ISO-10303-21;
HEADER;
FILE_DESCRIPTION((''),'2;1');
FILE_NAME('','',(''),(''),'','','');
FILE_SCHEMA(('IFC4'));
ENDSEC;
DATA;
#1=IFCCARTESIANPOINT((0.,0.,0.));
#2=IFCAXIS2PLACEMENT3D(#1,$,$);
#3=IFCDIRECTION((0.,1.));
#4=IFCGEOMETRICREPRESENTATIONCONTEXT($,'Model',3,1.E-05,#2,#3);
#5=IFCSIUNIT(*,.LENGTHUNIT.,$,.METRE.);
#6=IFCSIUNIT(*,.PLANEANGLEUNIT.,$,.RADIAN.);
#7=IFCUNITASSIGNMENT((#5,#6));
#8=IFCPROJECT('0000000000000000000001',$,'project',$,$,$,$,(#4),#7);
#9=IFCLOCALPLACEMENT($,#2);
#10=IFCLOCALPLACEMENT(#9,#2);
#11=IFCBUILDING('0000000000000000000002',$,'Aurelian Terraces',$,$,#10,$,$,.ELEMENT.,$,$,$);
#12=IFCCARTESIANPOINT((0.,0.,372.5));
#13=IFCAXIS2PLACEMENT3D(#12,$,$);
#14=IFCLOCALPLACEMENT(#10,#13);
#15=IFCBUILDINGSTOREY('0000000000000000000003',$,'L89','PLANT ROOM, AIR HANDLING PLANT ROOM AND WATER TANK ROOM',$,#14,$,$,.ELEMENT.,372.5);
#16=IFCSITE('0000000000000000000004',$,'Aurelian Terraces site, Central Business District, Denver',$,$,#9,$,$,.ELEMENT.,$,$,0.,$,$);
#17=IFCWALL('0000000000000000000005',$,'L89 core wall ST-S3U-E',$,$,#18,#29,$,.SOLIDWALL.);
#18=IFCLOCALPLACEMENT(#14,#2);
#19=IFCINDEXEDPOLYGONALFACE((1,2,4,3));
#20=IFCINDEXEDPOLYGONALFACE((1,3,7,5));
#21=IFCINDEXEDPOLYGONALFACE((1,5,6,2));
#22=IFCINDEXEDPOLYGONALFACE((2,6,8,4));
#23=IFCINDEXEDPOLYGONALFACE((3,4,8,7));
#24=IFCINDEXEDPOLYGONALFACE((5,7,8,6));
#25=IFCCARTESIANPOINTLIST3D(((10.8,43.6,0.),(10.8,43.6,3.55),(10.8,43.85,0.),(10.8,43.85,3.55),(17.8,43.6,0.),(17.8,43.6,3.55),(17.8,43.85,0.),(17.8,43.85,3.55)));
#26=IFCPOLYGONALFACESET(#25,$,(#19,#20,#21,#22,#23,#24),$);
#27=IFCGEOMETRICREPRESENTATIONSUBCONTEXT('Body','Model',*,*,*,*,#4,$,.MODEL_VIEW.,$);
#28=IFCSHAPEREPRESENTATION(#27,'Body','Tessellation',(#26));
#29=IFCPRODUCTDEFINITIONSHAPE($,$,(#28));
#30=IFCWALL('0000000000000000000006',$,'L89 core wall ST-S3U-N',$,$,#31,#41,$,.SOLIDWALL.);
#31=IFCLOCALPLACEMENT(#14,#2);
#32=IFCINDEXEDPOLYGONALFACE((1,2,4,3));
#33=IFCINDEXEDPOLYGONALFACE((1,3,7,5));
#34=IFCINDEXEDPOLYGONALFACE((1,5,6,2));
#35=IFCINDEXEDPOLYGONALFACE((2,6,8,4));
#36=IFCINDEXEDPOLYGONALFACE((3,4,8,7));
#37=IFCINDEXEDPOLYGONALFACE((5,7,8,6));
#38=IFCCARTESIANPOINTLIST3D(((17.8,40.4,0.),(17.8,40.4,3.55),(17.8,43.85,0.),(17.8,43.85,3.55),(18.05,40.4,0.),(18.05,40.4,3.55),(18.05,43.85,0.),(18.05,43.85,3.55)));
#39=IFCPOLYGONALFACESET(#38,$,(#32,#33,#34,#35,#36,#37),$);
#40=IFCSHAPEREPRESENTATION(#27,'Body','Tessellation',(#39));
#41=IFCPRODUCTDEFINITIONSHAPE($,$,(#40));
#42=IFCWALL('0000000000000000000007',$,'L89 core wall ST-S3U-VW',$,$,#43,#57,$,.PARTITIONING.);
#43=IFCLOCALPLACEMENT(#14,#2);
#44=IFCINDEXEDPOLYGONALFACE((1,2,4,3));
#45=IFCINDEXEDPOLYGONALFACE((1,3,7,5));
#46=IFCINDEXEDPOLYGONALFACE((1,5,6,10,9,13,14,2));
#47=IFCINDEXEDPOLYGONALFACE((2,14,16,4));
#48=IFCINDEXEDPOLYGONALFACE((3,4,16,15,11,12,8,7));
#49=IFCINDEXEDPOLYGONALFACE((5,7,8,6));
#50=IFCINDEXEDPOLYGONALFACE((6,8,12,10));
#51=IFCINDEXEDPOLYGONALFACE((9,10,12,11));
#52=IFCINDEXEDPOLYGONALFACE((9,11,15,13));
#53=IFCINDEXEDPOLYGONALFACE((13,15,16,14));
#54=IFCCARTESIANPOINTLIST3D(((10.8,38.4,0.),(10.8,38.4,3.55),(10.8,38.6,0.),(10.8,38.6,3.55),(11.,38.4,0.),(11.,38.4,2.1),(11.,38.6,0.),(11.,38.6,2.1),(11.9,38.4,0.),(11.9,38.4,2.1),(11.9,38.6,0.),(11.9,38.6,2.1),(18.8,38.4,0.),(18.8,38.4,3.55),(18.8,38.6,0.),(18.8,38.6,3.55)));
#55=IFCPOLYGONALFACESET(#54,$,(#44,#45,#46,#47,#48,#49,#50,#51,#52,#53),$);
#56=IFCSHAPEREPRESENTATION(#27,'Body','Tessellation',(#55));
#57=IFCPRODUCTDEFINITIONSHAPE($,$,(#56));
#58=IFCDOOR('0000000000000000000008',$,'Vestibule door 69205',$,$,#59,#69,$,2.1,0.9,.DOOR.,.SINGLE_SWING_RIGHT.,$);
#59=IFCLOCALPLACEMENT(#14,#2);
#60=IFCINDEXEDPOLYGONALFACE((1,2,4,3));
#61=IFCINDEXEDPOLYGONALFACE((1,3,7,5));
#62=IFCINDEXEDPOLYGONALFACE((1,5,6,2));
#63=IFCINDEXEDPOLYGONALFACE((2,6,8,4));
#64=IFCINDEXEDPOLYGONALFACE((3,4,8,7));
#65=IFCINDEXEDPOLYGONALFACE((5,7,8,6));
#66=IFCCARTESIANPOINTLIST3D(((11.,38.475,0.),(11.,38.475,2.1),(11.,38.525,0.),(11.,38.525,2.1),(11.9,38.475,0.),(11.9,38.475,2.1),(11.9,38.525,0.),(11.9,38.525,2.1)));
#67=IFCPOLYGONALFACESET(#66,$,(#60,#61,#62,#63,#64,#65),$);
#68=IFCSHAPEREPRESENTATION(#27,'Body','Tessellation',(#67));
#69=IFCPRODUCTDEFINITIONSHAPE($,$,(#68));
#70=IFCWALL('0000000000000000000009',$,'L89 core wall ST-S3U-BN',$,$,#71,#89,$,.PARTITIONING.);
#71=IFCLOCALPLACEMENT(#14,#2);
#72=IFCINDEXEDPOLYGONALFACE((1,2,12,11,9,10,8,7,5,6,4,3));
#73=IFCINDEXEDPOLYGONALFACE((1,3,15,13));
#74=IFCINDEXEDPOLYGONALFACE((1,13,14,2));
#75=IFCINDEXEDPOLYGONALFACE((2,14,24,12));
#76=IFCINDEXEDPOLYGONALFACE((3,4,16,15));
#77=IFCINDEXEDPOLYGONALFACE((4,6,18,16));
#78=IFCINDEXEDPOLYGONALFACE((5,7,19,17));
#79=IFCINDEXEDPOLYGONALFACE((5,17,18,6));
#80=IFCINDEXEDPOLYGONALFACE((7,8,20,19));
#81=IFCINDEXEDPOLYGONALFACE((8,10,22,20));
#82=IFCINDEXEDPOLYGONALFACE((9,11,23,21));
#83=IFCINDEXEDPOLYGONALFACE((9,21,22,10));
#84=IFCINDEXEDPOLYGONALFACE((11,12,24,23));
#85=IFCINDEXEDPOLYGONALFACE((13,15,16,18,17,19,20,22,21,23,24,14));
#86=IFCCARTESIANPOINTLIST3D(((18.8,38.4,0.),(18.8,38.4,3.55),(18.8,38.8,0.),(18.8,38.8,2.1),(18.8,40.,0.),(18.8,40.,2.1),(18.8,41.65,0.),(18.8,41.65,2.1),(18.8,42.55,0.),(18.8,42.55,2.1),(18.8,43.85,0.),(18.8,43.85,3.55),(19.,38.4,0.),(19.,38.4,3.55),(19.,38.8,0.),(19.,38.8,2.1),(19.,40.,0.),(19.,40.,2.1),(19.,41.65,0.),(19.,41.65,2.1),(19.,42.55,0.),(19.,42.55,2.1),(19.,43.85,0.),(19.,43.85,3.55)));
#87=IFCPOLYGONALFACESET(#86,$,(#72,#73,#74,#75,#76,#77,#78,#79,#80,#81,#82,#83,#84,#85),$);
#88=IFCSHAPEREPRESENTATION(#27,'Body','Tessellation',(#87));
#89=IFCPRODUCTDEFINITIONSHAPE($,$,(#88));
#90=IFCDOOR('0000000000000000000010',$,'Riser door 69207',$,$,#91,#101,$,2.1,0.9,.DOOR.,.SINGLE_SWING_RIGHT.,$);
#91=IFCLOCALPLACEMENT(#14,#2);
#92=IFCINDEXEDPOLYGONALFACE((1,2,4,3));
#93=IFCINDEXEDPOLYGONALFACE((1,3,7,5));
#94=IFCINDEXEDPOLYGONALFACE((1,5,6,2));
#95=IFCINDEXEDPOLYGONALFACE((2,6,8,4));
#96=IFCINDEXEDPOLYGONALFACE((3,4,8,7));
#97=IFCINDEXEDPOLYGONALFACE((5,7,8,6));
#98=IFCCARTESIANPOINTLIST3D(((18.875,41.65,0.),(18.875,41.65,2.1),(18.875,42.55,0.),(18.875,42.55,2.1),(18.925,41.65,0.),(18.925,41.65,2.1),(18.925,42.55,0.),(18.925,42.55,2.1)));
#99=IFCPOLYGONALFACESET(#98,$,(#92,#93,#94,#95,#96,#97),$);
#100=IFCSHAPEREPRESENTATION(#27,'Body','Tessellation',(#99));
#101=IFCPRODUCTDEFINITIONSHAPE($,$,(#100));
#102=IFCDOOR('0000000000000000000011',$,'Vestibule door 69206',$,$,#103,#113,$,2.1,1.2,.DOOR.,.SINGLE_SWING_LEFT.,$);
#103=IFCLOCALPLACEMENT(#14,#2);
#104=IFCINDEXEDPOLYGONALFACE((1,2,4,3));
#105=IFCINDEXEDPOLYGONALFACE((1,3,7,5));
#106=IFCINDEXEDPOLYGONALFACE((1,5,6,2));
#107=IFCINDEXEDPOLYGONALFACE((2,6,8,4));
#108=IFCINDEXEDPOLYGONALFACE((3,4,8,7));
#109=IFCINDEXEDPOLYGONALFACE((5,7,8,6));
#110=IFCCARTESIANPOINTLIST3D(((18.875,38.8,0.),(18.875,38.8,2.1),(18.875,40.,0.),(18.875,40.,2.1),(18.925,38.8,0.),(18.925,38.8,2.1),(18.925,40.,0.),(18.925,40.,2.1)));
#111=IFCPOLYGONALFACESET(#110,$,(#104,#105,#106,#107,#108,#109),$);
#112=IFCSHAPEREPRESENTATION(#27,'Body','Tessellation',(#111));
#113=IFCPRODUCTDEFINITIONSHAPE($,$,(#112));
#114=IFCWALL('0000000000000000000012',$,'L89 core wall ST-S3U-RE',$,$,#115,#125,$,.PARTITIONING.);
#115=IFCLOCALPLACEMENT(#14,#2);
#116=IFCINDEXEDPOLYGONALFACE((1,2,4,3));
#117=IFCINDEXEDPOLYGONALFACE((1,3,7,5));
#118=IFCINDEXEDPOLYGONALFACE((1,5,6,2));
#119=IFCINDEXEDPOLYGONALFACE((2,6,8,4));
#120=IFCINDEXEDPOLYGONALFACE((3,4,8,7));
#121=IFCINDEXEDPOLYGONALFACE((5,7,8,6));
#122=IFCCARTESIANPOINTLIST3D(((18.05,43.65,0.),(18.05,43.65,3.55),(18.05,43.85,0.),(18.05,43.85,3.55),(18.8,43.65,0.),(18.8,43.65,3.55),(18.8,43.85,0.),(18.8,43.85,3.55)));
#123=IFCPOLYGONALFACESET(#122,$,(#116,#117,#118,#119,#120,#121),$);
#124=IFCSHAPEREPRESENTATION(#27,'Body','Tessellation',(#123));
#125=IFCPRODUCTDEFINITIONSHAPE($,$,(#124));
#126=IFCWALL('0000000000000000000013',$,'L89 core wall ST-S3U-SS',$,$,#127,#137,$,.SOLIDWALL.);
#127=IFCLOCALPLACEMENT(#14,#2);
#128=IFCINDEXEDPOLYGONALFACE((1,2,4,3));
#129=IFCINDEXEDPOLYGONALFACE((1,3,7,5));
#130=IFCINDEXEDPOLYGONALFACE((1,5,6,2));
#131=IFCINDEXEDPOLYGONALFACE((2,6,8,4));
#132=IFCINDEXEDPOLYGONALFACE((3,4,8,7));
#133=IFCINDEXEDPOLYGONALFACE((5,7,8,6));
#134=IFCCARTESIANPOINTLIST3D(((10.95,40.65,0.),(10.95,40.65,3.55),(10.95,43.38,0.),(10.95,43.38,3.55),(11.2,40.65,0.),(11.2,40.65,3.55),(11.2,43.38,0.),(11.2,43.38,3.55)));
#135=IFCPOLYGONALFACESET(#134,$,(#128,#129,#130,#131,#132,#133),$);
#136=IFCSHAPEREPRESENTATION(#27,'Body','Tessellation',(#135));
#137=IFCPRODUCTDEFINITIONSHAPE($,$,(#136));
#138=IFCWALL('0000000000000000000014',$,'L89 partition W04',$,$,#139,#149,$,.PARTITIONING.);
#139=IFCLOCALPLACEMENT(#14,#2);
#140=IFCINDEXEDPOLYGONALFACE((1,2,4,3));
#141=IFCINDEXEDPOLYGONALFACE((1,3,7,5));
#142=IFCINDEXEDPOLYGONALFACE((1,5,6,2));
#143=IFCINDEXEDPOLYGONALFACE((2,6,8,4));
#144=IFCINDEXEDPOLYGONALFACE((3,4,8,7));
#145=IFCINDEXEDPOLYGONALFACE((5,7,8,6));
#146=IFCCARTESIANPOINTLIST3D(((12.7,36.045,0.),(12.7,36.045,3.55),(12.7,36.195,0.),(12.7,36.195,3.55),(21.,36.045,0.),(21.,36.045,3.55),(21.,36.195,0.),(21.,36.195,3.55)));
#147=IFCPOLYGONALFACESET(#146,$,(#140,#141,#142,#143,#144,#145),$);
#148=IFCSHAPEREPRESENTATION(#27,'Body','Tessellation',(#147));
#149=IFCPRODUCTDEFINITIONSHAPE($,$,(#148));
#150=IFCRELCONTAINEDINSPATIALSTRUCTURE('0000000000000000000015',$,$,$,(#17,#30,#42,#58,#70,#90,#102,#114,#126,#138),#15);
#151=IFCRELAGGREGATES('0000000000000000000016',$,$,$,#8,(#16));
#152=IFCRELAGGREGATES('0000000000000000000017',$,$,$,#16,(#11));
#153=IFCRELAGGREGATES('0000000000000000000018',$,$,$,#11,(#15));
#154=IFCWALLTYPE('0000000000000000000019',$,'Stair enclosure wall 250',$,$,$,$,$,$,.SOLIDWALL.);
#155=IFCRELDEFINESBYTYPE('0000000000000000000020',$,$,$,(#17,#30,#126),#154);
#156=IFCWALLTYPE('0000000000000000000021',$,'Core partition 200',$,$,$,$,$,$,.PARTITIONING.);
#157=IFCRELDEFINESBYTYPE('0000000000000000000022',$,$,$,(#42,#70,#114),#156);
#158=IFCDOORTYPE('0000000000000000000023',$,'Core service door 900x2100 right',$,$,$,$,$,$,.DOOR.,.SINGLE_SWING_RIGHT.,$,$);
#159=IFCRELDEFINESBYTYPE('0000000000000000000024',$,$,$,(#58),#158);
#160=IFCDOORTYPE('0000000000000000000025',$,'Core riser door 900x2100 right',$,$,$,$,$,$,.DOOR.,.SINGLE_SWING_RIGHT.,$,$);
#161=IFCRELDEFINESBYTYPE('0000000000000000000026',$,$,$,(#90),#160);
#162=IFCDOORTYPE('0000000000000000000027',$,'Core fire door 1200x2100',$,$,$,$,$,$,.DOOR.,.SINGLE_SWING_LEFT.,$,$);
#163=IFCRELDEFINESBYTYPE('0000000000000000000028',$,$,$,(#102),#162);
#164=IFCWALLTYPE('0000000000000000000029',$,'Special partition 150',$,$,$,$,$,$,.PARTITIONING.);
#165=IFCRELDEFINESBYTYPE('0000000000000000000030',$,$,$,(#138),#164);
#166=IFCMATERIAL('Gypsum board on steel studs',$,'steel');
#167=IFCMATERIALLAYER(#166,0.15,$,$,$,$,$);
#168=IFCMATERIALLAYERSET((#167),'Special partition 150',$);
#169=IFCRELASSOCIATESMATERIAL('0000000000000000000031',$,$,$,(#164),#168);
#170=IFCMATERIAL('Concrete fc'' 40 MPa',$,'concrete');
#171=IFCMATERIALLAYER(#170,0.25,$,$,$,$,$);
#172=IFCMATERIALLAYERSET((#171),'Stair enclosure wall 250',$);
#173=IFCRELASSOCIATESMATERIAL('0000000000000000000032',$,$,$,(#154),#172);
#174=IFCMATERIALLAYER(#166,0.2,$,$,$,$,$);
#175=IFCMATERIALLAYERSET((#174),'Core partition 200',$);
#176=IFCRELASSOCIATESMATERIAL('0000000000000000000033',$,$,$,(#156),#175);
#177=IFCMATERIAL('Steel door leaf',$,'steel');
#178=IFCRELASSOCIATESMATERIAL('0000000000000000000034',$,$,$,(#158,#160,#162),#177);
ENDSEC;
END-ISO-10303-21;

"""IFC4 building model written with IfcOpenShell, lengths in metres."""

from ifc_helpers import new_model, si_unit, direction, frame, frame_2d, origin, place, context, subcontext, project, spatial, rectangle, extrude, source, transform, mapped, material, layer, layer_set, type_object, element, fill, save


model = new_model("IFC4")

# Units and contexts
model_context = context("Model", 3, precision=1e-05, world=origin(), true_north=direction((0.0, 1.0)))
body_context = subcontext(model_context, "Body", "Model", "MODEL_VIEW")
ifc_project = project(units=[si_unit("LENGTHUNIT", "METRE"), si_unit("PLANEANGLEUNIT", "RADIAN")], contexts=[model_context])

# Site, building, storey
site_placement = place(None, origin())
site = spatial("IfcSite", under=ifc_project, at=site_placement, Name="Aurelian Terraces site, Central Business District, Denver", CompositionType="ELEMENT", RefElevation=0.0)
building_placement = place(site_placement, origin())
building = spatial("IfcBuilding", under=site, at=building_placement, Name="Aurelian Terraces", CompositionType="ELEMENT")
storey_placement = place(building_placement, frame((0.0, 0.0, 372.5)))
storey = spatial("IfcBuildingStorey", under=building, at=storey_placement, Name="L89", Description="PLANT ROOM, AIR HANDLING PLANT ROOM AND WATER TANK ROOM", CompositionType="ELEMENT", Elevation=372.5)

# Shared definitions
ifc_material_1 = material(Name="Concrete fc' 40 MPa", Category="concrete")
ifc_material_2 = material(Name="Gypsum board on steel studs", Category="steel")
ifc_layer_1 = layer(ifc_material_2, 0.15)
ifc_layer_set_1 = layer_set([ifc_layer_1], Name="Special partition 150")
wall_type_1 = type_object("IfcWallType", Name="Special partition 150", PredefinedType="PARTITIONING", material=ifc_layer_set_1)

# Shared definitions
ifc_layer_2 = layer(ifc_material_1, 0.25)
ifc_layer_set_2 = layer_set([ifc_layer_2], Name="Stair enclosure wall 250")
wall_type_2 = type_object("IfcWallType", Name="Stair enclosure wall 250", PredefinedType="SOLIDWALL", material=ifc_layer_set_2)
shared_shape_1 = source(origin(), body_context, "Body", "SweptSolid", [
    extrude(rectangle(XDim=7.0, YDim=0.25, at=frame_2d((3.5, 0.0))), origin(), (0.0, 0.0, 1.0), 3.55),
])
ifc_material_3 = material(Name="Steel door leaf", Category="steel")

# Walls
wall_1_placement = place(storey_placement, frame((10.8, 43.725, 0.0), z_axis=(0.0, 0.0, 1.0), x_axis=(1.0, 0.0, 0.0)))
element("IfcWall", 1, at=wall_1_placement, inside=storey, type_object=wall_type_2, Name="L89 core wall ST-S3U-E", PredefinedType="SOLIDWALL", context=body_context, shape_type="MappedRepresentation", body=[
    mapped(shared_shape_1, transform((0.0, 0.0, 0.0), scale=1.0)),
])
shared_shape_2 = source(origin(), body_context, "Body", "SweptSolid", [
    extrude(rectangle(XDim=3.45, YDim=0.25, at=frame_2d((1.725, 0.0))), origin(), (0.0, 0.0, 1.0), 3.55),
])
wall_2_placement = place(storey_placement, frame((17.925, 40.4, 0.0), z_axis=(0.0, 0.0, 1.0), x_axis=(0.0, 1.0, 0.0)))
element("IfcWall", 2, at=wall_2_placement, inside=storey, type_object=wall_type_2, Name="L89 core wall ST-S3U-N", PredefinedType="SOLIDWALL", context=body_context, shape_type="MappedRepresentation", body=[
    mapped(shared_shape_2, transform((0.0, 0.0, 0.0), scale=1.0)),
])

# Wall, opening, door
ifc_layer_3 = layer(ifc_material_2, 0.2)
ifc_layer_set_3 = layer_set([ifc_layer_3], Name="Core partition 200")
wall_type_3 = type_object("IfcWallType", Name="Core partition 200", PredefinedType="PARTITIONING", material=ifc_layer_set_3)
shared_shape_3 = source(origin(), body_context, "Body", "SweptSolid", [
    extrude(rectangle(XDim=8.0, YDim=0.2, at=frame_2d((4.0, 0.0))), origin(), (0.0, 0.0, 1.0), 3.55),
])
wall_3_placement = place(storey_placement, frame((10.8, 38.5, 0.0), z_axis=(0.0, 0.0, 1.0), x_axis=(1.0, 0.0, 0.0)))
wall_3 = element("IfcWall", 3, at=wall_3_placement, inside=storey, type_object=wall_type_3, Name="L89 core wall ST-S3U-VW", PredefinedType="PARTITIONING", context=body_context, shape_type="MappedRepresentation", body=[
    mapped(shared_shape_3, transform((0.0, 0.0, 0.0), scale=1.0)),
])
shared_shape_4 = source(origin(), body_context, "Body", "SweptSolid", [
    extrude(rectangle(XDim=0.9, YDim=2.1, at=frame_2d((0.45, 1.05))), frame((0.0, 0.11, 0.0), z_axis=(0.0, -1.0, 0.0), x_axis=(1.0, 0.0, 0.0)), (0.0, 0.0, 1.0), 0.22),
])
opening_1_placement = place(wall_3_placement, frame((0.2, 0.0, 0.0)))
opening_1 = element("IfcOpeningElement", 4, at=opening_1_placement, cuts=wall_3, PredefinedType="OPENING", context=body_context, shape_type="MappedRepresentation", body=[
    mapped(shared_shape_4, transform((0.0, 0.0, 0.0), scale=1.0)),
])
door_type_1 = type_object("IfcDoorType", Name="Core service door 900x2100 right", OperationType="SINGLE_SWING_RIGHT", PredefinedType="DOOR", material=ifc_material_3)
shared_shape_5 = source(origin(), body_context, "Body", "SweptSolid", [
    extrude(rectangle(XDim=0.9, YDim=2.1, at=frame_2d((0.45, 1.05))), frame((0.0, 0.025, 0.0), z_axis=(0.0, -1.0, 0.0), x_axis=(1.0, 0.0, 0.0)), (0.0, 0.0, 1.0), 0.05),
])
door_1_placement = place(opening_1_placement, origin())
door_1 = element("IfcDoor", 5, at=door_1_placement, inside=storey, type_object=door_type_1, Name="Vestibule door 69205", OperationType="SINGLE_SWING_RIGHT", OverallHeight=2.1, OverallWidth=0.9, PredefinedType="DOOR", context=body_context, shape_type="MappedRepresentation", body=[
    mapped(shared_shape_5, transform((0.0, 0.0, 0.0), scale=1.0)),
])
fill(opening_1, door_1)

# Wall, openings, doors
shared_shape_6 = source(origin(), body_context, "Body", "SweptSolid", [
    extrude(rectangle(XDim=5.45, YDim=0.2, at=frame_2d((2.725, 0.0))), origin(), (0.0, 0.0, 1.0), 3.55),
])
wall_4_placement = place(storey_placement, frame((18.9, 38.4, 0.0), z_axis=(0.0, 0.0, 1.0), x_axis=(0.0, 1.0, 0.0)))
wall_4 = element("IfcWall", 6, at=wall_4_placement, inside=storey, type_object=wall_type_3, Name="L89 core wall ST-S3U-BN", PredefinedType="PARTITIONING", context=body_context, shape_type="MappedRepresentation", body=[
    mapped(shared_shape_6, transform((0.0, 0.0, 0.0), scale=1.0)),
])
shared_shape_7 = source(origin(), body_context, "Body", "SweptSolid", [
    extrude(rectangle(XDim=1.2, YDim=2.1, at=frame_2d((0.6, 1.05))), frame((0.0, 0.11, 0.0), z_axis=(0.0, -1.0, 0.0), x_axis=(1.0, 0.0, 0.0)), (0.0, 0.0, 1.0), 0.22),
])
opening_2_placement = place(wall_4_placement, frame((0.4, 0.0, 0.0)))
opening_2 = element("IfcOpeningElement", 7, at=opening_2_placement, cuts=wall_4, PredefinedType="OPENING", context=body_context, shape_type="MappedRepresentation", body=[
    mapped(shared_shape_7, transform((0.0, 0.0, 0.0), scale=1.0)),
])
opening_3_placement = place(wall_4_placement, frame((3.25, 0.0, 0.0)))
opening_3 = element("IfcOpeningElement", 8, at=opening_3_placement, cuts=wall_4, PredefinedType="OPENING", context=body_context, shape_type="MappedRepresentation", body=[
    mapped(shared_shape_4, transform((0.0, 0.0, 0.0), scale=1.0)),
])
door_type_2 = type_object("IfcDoorType", Name="Core riser door 900x2100 right", OperationType="SINGLE_SWING_RIGHT", PredefinedType="DOOR", material=ifc_material_3)
door_2_placement = place(opening_3_placement, origin())
door_2 = element("IfcDoor", 9, at=door_2_placement, inside=storey, type_object=door_type_2, Name="Riser door 69207", OperationType="SINGLE_SWING_RIGHT", OverallHeight=2.1, OverallWidth=0.9, PredefinedType="DOOR", context=body_context, shape_type="MappedRepresentation", body=[
    mapped(shared_shape_5, transform((0.0, 0.0, 0.0), scale=1.0)),
])
fill(opening_3, door_2)
door_type_3 = type_object("IfcDoorType", Name="Core fire door 1200x2100", OperationType="SINGLE_SWING_LEFT", PredefinedType="DOOR", material=ifc_material_3)
shared_shape_8 = source(origin(), body_context, "Body", "SweptSolid", [
    extrude(rectangle(XDim=1.2, YDim=2.1, at=frame_2d((0.6, 1.05))), frame((0.0, 0.025, 0.0), z_axis=(0.0, -1.0, 0.0), x_axis=(1.0, 0.0, 0.0)), (0.0, 0.0, 1.0), 0.05),
])
door_3_placement = place(opening_2_placement, origin())
door_3 = element("IfcDoor", 10, at=door_3_placement, inside=storey, type_object=door_type_3, Name="Vestibule door 69206", OperationType="SINGLE_SWING_LEFT", OverallHeight=2.1, OverallWidth=1.2, PredefinedType="DOOR", context=body_context, shape_type="MappedRepresentation", body=[
    mapped(shared_shape_8, transform((0.0, 0.0, 0.0), scale=1.0)),
])
fill(opening_2, door_3)

# Walls
shared_shape_9 = source(origin(), body_context, "Body", "SweptSolid", [
    extrude(rectangle(XDim=0.75, YDim=0.2, at=frame_2d((0.375, 0.0))), origin(), (0.0, 0.0, 1.0), 3.55),
])
wall_5_placement = place(storey_placement, frame((18.05, 43.75, 0.0), z_axis=(0.0, 0.0, 1.0), x_axis=(1.0, 0.0, 0.0)))
element("IfcWall", 11, at=wall_5_placement, inside=storey, type_object=wall_type_3, Name="L89 core wall ST-S3U-RE", PredefinedType="PARTITIONING", context=body_context, shape_type="MappedRepresentation", body=[
    mapped(shared_shape_9, transform((0.0, 0.0, 0.0), scale=1.0)),
])
shared_shape_10 = source(origin(), body_context, "Body", "SweptSolid", [
    extrude(rectangle(XDim=2.73, YDim=0.25, at=frame_2d((1.365, 0.0))), origin(), (0.0, 0.0, 1.0), 3.55),
])
wall_6_placement = place(storey_placement, frame((11.075, 40.65, 0.0), z_axis=(0.0, 0.0, 1.0), x_axis=(0.0, 1.0, 0.0)))
element("IfcWall", 12, at=wall_6_placement, inside=storey, type_object=wall_type_2, Name="L89 core wall ST-S3U-SS", PredefinedType="SOLIDWALL", context=body_context, shape_type="MappedRepresentation", body=[
    mapped(shared_shape_10, transform((0.0, 0.0, 0.0), scale=1.0)),
])
shared_shape_11 = source(origin(), body_context, "Body", "SweptSolid", [
    extrude(rectangle(XDim=8.3, YDim=0.15, at=frame_2d((4.15, 0.0))), origin(), (0.0, 0.0, 1.0), 3.55),
])
wall_7_placement = place(storey_placement, frame((12.7, 36.12, 0.0), z_axis=(0.0, 0.0, 1.0), x_axis=(1.0, 0.0, 0.0)))
element("IfcWall", 13, at=wall_7_placement, inside=storey, type_object=wall_type_1, Name="L89 partition W04", PredefinedType="PARTITIONING", context=body_context, shape_type="MappedRepresentation", body=[
    mapped(shared_shape_11, transform((0.0, 0.0, 0.0), scale=1.0)),
])

save(model, "model.ifc")
